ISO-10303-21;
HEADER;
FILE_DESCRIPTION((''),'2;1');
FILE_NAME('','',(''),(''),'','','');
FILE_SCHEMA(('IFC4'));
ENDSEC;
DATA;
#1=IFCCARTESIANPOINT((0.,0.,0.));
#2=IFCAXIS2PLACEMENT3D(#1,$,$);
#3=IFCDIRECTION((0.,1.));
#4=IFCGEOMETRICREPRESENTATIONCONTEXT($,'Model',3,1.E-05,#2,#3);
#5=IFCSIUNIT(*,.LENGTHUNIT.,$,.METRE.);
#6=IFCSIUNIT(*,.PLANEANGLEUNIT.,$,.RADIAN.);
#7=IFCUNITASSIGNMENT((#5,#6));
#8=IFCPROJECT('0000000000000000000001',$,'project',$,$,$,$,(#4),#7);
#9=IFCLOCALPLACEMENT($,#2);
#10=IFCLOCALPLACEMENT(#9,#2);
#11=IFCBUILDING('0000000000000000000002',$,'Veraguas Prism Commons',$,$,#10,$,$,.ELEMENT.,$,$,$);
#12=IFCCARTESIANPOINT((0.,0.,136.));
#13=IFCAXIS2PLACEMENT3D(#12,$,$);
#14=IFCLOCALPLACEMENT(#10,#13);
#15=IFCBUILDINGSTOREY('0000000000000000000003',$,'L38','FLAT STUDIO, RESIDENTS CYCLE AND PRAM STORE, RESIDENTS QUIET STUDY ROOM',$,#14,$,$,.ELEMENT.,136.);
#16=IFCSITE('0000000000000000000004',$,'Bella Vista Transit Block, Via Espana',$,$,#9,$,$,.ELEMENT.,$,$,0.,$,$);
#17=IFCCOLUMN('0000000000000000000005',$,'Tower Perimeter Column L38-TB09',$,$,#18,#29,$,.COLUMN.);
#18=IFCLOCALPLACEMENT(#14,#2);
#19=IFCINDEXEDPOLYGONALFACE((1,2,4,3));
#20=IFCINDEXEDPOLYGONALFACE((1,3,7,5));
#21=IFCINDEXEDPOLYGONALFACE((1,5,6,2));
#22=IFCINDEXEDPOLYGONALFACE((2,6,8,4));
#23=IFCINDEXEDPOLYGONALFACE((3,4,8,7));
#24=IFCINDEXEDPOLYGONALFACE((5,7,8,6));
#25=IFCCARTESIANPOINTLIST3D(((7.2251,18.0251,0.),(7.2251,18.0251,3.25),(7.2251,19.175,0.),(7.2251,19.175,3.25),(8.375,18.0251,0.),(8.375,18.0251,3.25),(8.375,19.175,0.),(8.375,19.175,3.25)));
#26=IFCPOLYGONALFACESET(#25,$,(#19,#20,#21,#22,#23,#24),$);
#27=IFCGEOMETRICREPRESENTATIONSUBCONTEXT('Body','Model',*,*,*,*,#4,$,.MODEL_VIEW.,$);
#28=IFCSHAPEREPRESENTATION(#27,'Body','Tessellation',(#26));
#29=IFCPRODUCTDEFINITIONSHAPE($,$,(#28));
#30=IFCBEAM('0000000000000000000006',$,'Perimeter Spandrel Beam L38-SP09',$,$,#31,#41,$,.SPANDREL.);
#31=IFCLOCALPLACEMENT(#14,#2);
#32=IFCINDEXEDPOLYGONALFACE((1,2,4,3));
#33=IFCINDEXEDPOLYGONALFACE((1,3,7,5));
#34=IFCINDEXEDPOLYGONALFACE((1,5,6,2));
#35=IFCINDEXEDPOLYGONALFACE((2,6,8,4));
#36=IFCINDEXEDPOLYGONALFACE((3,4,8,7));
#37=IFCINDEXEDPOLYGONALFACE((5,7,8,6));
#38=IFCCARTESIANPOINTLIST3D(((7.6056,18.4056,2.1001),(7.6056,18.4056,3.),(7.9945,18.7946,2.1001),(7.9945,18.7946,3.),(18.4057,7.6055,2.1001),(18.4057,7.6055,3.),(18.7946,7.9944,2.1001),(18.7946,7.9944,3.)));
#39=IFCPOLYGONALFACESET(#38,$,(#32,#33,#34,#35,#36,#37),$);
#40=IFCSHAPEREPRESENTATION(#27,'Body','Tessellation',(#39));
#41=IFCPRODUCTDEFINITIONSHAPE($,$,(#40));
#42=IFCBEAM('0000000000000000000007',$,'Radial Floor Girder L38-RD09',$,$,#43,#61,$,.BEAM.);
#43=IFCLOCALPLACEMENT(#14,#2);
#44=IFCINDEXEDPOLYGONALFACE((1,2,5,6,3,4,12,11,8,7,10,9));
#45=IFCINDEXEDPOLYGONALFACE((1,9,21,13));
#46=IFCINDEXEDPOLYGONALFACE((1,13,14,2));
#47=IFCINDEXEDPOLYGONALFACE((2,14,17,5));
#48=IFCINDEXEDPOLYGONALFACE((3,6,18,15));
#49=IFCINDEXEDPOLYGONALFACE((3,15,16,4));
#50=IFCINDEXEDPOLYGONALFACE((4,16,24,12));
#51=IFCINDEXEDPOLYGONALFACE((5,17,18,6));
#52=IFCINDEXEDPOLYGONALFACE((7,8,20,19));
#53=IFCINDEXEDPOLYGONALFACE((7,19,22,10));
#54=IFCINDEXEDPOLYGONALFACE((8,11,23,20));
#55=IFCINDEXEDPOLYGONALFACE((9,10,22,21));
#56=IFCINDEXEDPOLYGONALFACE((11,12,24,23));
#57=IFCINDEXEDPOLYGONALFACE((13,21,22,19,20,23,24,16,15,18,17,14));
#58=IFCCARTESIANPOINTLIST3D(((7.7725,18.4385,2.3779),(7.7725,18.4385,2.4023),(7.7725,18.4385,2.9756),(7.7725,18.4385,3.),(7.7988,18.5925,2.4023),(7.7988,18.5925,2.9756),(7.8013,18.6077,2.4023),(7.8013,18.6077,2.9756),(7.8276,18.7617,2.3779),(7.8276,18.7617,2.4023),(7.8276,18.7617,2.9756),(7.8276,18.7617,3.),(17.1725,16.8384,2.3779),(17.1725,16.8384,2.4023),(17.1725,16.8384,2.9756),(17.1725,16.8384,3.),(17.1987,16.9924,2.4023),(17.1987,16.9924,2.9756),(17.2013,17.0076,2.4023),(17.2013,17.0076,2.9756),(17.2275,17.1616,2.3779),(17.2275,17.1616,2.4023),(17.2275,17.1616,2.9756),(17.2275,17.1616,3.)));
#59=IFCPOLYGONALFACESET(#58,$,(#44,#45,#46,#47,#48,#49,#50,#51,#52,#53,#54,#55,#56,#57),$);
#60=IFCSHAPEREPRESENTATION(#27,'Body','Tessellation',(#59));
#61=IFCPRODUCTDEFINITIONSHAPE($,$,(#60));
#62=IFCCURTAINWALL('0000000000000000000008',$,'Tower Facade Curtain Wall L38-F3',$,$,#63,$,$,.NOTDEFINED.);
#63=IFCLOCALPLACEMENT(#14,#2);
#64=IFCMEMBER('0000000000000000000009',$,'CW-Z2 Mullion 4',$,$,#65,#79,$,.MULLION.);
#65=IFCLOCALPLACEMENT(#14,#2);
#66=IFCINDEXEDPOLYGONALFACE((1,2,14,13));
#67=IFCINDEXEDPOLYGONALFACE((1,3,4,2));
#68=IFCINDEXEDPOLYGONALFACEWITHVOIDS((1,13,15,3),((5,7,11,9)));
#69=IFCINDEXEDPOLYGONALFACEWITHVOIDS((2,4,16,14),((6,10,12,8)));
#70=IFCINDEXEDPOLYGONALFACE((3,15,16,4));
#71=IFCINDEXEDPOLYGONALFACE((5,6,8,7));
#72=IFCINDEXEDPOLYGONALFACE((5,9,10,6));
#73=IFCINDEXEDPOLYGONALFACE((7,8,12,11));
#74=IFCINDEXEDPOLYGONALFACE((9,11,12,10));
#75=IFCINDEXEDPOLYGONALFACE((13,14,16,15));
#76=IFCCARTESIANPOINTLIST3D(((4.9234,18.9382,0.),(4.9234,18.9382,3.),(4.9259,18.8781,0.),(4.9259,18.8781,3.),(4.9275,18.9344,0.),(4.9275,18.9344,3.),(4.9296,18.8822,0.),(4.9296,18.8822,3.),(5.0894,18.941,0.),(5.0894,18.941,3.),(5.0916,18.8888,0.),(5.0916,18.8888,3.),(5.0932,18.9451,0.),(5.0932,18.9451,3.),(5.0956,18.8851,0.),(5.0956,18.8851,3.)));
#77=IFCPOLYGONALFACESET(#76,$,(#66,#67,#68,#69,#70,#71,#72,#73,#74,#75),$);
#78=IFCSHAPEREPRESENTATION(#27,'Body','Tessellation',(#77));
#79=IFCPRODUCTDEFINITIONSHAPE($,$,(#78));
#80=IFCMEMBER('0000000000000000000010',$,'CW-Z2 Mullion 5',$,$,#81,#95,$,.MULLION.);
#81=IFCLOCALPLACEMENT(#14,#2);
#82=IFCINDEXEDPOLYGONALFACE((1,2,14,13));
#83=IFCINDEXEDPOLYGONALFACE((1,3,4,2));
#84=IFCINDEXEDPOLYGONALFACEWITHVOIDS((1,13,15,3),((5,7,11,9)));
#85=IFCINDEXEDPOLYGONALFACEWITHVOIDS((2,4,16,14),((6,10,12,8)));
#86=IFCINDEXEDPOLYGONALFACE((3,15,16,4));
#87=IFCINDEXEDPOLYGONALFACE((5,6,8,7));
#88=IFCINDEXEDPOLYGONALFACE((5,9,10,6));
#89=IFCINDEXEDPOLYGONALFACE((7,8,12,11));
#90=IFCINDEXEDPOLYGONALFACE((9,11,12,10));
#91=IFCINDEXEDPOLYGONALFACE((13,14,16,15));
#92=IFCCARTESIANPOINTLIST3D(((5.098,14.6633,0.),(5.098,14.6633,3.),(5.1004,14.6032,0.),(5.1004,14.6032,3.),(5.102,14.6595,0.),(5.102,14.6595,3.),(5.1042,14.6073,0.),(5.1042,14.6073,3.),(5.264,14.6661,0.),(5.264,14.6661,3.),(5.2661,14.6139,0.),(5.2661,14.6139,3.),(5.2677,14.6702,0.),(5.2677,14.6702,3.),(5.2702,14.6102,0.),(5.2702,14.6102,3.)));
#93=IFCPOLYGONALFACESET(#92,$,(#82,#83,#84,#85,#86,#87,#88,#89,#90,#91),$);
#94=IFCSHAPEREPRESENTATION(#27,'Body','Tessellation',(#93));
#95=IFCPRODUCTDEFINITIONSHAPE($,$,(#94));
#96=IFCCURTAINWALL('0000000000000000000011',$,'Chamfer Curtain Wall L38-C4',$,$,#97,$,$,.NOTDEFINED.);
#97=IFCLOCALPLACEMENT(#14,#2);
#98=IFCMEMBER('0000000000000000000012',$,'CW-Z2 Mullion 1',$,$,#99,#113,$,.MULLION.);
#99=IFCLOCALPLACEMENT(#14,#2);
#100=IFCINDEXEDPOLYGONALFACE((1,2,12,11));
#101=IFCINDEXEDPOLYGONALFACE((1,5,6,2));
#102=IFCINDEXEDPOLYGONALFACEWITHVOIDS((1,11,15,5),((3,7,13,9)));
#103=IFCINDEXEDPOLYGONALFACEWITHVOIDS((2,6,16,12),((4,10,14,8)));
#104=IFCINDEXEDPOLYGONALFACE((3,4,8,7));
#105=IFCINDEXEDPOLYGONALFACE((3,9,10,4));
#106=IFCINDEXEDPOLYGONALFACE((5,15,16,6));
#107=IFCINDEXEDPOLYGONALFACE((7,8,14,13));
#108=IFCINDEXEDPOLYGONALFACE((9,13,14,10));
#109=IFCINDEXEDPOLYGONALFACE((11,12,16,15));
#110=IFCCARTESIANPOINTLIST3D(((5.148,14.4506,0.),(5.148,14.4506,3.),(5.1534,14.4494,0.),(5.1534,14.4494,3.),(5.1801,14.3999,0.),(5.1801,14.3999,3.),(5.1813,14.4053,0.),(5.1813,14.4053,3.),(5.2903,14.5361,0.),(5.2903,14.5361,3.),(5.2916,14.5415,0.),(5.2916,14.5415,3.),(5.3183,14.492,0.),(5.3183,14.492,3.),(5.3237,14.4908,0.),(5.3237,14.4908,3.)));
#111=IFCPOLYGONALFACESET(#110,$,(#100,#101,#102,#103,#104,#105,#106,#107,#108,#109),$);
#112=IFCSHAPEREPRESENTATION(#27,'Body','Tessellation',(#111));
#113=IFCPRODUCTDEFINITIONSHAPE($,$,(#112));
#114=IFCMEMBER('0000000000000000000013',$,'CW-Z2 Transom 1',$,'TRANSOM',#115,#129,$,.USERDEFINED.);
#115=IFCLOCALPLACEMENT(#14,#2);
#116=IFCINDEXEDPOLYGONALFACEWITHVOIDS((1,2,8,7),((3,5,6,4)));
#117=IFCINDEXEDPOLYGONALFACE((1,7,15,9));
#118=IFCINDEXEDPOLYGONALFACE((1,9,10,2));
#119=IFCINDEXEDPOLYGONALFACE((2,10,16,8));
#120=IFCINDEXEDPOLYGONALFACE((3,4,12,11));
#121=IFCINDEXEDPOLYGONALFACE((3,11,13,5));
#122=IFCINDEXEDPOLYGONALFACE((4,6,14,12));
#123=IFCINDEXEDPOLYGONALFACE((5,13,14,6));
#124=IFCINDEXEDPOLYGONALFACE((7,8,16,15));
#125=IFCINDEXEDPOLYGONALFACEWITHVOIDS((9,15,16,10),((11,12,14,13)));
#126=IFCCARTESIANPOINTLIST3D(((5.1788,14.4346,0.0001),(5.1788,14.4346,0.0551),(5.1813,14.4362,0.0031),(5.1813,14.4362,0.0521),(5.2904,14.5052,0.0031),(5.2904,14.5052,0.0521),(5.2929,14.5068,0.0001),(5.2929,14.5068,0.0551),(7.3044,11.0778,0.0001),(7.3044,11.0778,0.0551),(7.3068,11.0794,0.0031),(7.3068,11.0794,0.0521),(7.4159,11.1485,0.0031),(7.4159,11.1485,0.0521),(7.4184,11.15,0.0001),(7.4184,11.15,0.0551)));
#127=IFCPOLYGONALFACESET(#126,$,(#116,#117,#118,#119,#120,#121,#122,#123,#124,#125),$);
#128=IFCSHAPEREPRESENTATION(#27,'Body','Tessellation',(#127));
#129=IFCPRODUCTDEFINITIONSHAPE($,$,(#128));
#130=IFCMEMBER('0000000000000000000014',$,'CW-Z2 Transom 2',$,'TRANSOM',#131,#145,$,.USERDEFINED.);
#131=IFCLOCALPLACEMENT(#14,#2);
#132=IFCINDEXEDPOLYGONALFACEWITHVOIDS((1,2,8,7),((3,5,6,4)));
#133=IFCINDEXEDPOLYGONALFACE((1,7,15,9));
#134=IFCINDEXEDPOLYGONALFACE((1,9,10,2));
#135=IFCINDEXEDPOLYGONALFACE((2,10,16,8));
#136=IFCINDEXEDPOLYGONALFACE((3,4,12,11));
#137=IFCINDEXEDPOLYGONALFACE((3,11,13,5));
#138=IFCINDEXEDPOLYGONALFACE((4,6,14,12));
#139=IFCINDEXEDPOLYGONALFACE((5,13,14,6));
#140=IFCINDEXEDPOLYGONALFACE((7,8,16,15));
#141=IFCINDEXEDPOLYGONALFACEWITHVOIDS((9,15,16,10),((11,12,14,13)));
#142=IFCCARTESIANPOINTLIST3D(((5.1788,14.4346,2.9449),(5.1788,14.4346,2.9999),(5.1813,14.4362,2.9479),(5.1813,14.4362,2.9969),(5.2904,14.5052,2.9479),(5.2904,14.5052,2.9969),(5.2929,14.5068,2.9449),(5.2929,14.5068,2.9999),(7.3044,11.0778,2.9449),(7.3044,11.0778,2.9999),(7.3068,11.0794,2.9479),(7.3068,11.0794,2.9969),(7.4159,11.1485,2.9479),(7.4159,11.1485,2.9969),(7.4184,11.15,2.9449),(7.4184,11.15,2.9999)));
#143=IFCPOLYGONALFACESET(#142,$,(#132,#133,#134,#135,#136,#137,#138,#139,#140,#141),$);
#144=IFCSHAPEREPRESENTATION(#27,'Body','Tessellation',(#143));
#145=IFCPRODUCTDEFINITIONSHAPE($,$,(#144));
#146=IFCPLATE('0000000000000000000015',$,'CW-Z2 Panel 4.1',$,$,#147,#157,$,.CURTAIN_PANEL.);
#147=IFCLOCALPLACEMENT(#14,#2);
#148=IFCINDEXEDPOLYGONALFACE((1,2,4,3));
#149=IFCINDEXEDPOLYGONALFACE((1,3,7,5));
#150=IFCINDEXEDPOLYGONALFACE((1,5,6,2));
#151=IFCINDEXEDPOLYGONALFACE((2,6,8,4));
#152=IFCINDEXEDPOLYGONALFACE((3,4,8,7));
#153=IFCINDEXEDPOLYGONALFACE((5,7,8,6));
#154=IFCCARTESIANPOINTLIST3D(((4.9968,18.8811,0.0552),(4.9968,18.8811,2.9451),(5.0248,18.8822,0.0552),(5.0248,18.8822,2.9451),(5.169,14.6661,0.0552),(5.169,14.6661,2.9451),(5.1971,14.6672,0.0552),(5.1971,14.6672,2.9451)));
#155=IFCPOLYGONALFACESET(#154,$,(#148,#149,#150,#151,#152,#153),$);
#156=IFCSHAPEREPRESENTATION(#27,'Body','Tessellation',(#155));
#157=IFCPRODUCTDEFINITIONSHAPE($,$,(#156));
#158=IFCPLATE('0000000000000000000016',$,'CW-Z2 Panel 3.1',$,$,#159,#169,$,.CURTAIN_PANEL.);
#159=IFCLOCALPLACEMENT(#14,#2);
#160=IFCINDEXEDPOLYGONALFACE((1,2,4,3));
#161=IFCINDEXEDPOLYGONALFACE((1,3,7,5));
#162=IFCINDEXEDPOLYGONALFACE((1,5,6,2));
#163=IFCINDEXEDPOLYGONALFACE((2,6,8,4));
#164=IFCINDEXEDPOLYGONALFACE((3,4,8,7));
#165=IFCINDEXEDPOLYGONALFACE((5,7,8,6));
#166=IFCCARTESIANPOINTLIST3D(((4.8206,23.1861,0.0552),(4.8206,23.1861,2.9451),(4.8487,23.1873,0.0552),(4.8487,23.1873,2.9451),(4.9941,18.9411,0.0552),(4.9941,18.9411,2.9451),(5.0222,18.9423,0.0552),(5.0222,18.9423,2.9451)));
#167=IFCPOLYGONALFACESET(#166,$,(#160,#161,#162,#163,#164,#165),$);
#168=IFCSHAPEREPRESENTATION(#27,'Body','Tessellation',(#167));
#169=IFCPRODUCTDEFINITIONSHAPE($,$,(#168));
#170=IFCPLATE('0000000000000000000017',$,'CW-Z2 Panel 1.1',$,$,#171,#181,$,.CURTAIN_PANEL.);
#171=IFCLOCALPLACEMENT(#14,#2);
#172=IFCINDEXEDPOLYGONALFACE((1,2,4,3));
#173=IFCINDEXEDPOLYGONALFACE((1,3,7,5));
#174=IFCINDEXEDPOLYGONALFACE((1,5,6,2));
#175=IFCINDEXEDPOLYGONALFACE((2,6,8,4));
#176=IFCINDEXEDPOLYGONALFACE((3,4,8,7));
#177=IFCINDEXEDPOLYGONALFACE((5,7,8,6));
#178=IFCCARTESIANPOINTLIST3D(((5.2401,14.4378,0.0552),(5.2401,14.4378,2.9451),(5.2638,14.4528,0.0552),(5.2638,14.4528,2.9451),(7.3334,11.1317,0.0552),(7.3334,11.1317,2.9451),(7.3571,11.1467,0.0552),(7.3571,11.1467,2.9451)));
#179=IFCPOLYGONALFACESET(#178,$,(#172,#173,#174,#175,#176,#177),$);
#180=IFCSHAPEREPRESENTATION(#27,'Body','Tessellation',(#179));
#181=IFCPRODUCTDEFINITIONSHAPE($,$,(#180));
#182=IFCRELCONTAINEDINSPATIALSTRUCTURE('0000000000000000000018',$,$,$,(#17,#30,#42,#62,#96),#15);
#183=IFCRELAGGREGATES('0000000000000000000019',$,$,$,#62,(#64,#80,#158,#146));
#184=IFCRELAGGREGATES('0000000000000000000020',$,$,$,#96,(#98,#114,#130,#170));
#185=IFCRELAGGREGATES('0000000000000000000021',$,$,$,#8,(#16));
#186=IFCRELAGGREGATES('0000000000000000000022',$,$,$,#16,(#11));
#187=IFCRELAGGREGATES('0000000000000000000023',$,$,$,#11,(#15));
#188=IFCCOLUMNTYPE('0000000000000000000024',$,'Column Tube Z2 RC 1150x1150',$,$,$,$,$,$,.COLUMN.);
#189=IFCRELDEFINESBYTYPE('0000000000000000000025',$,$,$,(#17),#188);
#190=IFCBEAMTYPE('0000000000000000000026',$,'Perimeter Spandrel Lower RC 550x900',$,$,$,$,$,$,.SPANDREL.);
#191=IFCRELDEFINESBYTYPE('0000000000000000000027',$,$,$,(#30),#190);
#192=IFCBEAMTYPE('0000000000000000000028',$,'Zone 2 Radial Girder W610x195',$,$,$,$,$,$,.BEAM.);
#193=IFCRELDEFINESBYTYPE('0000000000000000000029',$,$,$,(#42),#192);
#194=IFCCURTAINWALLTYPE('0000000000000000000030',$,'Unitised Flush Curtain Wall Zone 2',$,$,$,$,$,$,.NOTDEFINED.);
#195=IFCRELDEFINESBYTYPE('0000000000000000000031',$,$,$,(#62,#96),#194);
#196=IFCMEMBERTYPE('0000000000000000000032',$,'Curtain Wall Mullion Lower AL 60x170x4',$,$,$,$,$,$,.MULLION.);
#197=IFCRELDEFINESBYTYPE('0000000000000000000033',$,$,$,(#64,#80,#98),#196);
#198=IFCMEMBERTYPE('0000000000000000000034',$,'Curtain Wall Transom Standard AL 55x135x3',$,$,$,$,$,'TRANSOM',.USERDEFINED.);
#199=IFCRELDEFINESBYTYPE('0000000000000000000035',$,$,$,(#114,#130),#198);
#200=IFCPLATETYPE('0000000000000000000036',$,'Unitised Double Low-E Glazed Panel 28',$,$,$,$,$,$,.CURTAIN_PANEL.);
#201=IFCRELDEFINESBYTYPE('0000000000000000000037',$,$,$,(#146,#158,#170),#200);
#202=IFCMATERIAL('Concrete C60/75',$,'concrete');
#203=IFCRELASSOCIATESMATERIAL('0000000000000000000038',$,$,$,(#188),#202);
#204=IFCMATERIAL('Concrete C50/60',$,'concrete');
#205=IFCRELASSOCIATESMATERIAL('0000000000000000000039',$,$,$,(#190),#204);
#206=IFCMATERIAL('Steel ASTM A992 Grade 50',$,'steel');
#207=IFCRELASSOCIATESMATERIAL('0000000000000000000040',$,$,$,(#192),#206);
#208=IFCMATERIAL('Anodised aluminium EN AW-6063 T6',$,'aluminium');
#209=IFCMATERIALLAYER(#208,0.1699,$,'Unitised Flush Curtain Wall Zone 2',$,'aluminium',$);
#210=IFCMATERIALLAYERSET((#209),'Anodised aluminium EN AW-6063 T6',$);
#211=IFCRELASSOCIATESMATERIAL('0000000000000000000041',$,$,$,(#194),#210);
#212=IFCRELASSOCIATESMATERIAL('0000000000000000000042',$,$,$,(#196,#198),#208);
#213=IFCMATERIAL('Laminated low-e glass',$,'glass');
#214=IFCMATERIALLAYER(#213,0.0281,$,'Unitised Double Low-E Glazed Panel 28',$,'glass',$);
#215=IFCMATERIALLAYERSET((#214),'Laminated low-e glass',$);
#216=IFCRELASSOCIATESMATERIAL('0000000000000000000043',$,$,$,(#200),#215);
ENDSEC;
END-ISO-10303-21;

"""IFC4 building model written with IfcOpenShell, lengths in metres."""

from ifc_helpers import new_model, si_unit, direction, frame, origin, origin_2d, place, context, subcontext, project, spatial, rectangle, hollow_rectangle, i_section, extrude, source, transform, mapped, material, layer, layer_set, material_profile, profile_set, type_object, element, aggregate, save


model = new_model("IFC4")

# Units and contexts
model_context = context("Model", 3, precision=1e-05, world=origin(), true_north=direction((0.0, 1.0)))
body_context = subcontext(model_context, "Body", "Model", "MODEL_VIEW")
ifc_project = project(units=[si_unit("LENGTHUNIT", "METRE"), si_unit("PLANEANGLEUNIT", "RADIAN")], contexts=[model_context])

# Site, building, storey
site_placement = place(None, origin())
site = spatial("IfcSite", under=ifc_project, at=site_placement, Name="Bella Vista Transit Block, Via Espana", CompositionType="ELEMENT", RefElevation=0.0)
building_placement = place(site_placement, origin())
building = spatial("IfcBuilding", under=site, at=building_placement, Name="Veraguas Prism Commons", CompositionType="ELEMENT")
storey_placement = place(building_placement, frame((0.0, 0.0, 136.0)))
storey = spatial("IfcBuildingStorey", under=building, at=storey_placement, Name="L38", Description="FLAT STUDIO, RESIDENTS CYCLE AND PRAM STORE, RESIDENTS QUIET STUDY ROOM", CompositionType="ELEMENT", Elevation=136.0)

# Column
ifc_material_1 = material(Name="Concrete C60/75", Category="concrete")
ifc_material_profile_1 = material_profile(ifc_material_1, rectangle(XDim=1.1499, YDim=1.1499, at=origin_2d()), Name="RC1150X1150")
ifc_profile_set_1 = profile_set([ifc_material_profile_1], Name="Concrete C60/75")
column_type = type_object("IfcColumnType", Name="Column Tube Z2 RC 1150x1150", PredefinedType="COLUMN", material=ifc_profile_set_1)
column_placement = place(storey_placement, frame((7.8, 18.6001, 0.0), z_axis=(0.0, 0.0, 1.0), x_axis=(1.0, 0.0, 0.0)))
element("IfcColumn", 1, at=column_placement, inside=storey, type_object=column_type, Name="Tower Perimeter Column L38-TB09", PredefinedType="COLUMN", context=body_context, shape_type="SweptSolid", body=[
    extrude(rectangle(XDim=1.1499, YDim=1.1499, at=origin_2d()), origin(), (0.0, 0.0, 1.0), 3.25),
])

# Beams
ifc_material_2 = material(Name="Concrete C50/60", Category="concrete")
ifc_material_profile_2 = material_profile(ifc_material_2, rectangle(XDim=0.55, YDim=0.8999, at=origin_2d()), Name="RC550X900")
ifc_profile_set_2 = profile_set([ifc_material_profile_2], Name="Concrete C50/60")
beam_type_1 = type_object("IfcBeamType", Name="Perimeter Spandrel Lower RC 550x900", PredefinedType="SPANDREL", material=ifc_profile_set_2)
beam_1_placement = place(storey_placement, frame((7.8, 18.6001, 2.55), z_axis=(0.707107, -0.707107, 0.0), x_axis=(0.707107, 0.707107, 0.0)))
element("IfcBeam", 2, at=beam_1_placement, inside=storey, type_object=beam_type_1, Name="Perimeter Spandrel Beam L38-SP09", PredefinedType="SPANDREL", context=body_context, shape_type="SweptSolid", body=[
    extrude(rectangle(XDim=0.55, YDim=0.8999, at=origin_2d()), origin(), (0.0, 0.0, 1.0), 15.2737),
])
ifc_material_3 = material(Name="Steel ASTM A992 Grade 50", Category="steel")
ifc_material_profile_3 = material_profile(ifc_material_3, i_section(OverallWidth=0.3279, OverallDepth=0.6221, WebThickness=0.0154, FlangeThickness=0.0244, at=origin_2d()), Name="W610X195")
ifc_profile_set_3 = profile_set([ifc_material_profile_3], Name="Steel ASTM A992 Grade 50")
beam_type_2 = type_object("IfcBeamType", Name="Zone 2 Radial Girder W610x195", PredefinedType="BEAM", material=ifc_profile_set_3)
beam_2_placement = place(storey_placement, frame((7.8, 18.6001, 2.689), z_axis=(0.985819, -0.167811, 0.0), x_axis=(0.167811, 0.985819, 0.0)))
element("IfcBeam", 3, at=beam_2_placement, inside=storey, type_object=beam_type_2, Name="Radial Floor Girder L38-RD09", PredefinedType="BEAM", context=body_context, shape_type="SweptSolid", body=[
    extrude(i_section(OverallWidth=0.3279, OverallDepth=0.6221, WebThickness=0.0154, FlangeThickness=0.0244, at=origin_2d()), origin(), (0.0, 0.0, 1.0), 9.5352),
])

# Curtain walls, members
ifc_material_4 = material(Name="Anodised aluminium EN AW-6063 T6", Category="aluminium")
ifc_layer_1 = layer(ifc_material_4, 0.1699, Name="Unitised Flush Curtain Wall Zone 2", Category="aluminium")
ifc_layer_set_1 = layer_set([ifc_layer_1], Name="Anodised aluminium EN AW-6063 T6")
curtain_wall_type = type_object("IfcCurtainWallType", Name="Unitised Flush Curtain Wall Zone 2", PredefinedType="NOTDEFINED", material=ifc_layer_set_1)
curtain_wall_1_placement = place(storey_placement, origin())
curtain_wall_1 = element("IfcCurtainWall", 4, at=curtain_wall_1_placement, inside=storey, type_object=curtain_wall_type, Name="Tower Facade Curtain Wall L38-F3", PredefinedType="NOTDEFINED")
ifc_material_profile_4 = material_profile(ifc_material_4, hollow_rectangle(XDim=0.0601, YDim=0.1699, WallThickness=0.0039, at=origin_2d()), Name="AL60X170X4")
ifc_profile_set_4 = profile_set([ifc_material_profile_4], Name="Anodised aluminium EN AW-6063 T6")
member_type_1 = type_object("IfcMemberType", Name="Curtain Wall Mullion Lower AL 60x170x4", PredefinedType="MULLION", material=ifc_profile_set_4)
shared_shape_1 = source(origin(), body_context, "Body", "SweptSolid", [
    extrude(hollow_rectangle(XDim=0.0601, YDim=0.1699, WallThickness=0.0039, at=origin_2d()), origin(), (0.0, 0.0, 1.0), 3.0),
])
member_1_placement = place(storey_placement, frame((5.0095, 18.9116, 0.0), z_axis=(0.0, 0.0, 1.0), x_axis=(0.040836, -0.999166, 0.0)))
member_1 = element("IfcMember", 5, at=member_1_placement, type_object=member_type_1, Name="CW-Z2 Mullion 4", PredefinedType="MULLION", context=body_context, shape_type="MappedRepresentation", body=[
    mapped(shared_shape_1, transform((0.0, 0.0, 0.0), scale=1.0)),
])
member_2_placement = place(storey_placement, frame((5.1841, 14.6367, 0.0), z_axis=(0.0, 0.0, 1.0), x_axis=(0.040836, -0.999166, 0.0)))
member_2 = element("IfcMember", 6, at=member_2_placement, type_object=member_type_1, Name="CW-Z2 Mullion 5", PredefinedType="MULLION", context=body_context, shape_type="MappedRepresentation", body=[
    mapped(shared_shape_1, transform((0.0, 0.0, 0.0), scale=1.0)),
])
curtain_wall_2_placement = place(storey_placement, origin())
curtain_wall_2 = element("IfcCurtainWall", 7, at=curtain_wall_2_placement, inside=storey, type_object=curtain_wall_type, Name="Chamfer Curtain Wall L38-C4", PredefinedType="NOTDEFINED")
member_3_placement = place(storey_placement, frame((5.2358, 14.4707, 0.0), z_axis=(0.0, 0.0, 1.0), x_axis=(0.534948, -0.844885, 0.0)))
member_3 = element("IfcMember", 8, at=member_3_placement, type_object=member_type_1, Name="CW-Z2 Mullion 1", PredefinedType="MULLION", context=body_context, shape_type="MappedRepresentation", body=[
    mapped(shared_shape_1, transform((0.0, 0.0, 0.0), scale=1.0)),
])
ifc_material_profile_5 = material_profile(ifc_material_4, hollow_rectangle(XDim=0.0549, YDim=0.135, WallThickness=0.0029, at=origin_2d()), Name="AL55X135X3")
ifc_profile_set_5 = profile_set([ifc_material_profile_5], Name="Anodised aluminium EN AW-6063 T6")
member_type_2 = type_object("IfcMemberType", Name="Curtain Wall Transom Standard AL 55x135x3", ElementType="TRANSOM", PredefinedType="USERDEFINED", material=ifc_profile_set_5)
shared_shape_2 = source(origin(), body_context, "Body", "SweptSolid", [
    extrude(hollow_rectangle(XDim=0.0549, YDim=0.135, WallThickness=0.0029, at=origin_2d()), origin(), (0.0, 0.0, 1.0), 3.9731),
])
member_4_placement = place(storey_placement, frame((5.2358, 14.4707, 0.0276), z_axis=(0.534978, -0.844866, 0.0), x_axis=(0.0, 0.0, 1.0)))
member_4 = element("IfcMember", 9, at=member_4_placement, type_object=member_type_2, Name="CW-Z2 Transom 1", ObjectType="TRANSOM", PredefinedType="USERDEFINED", context=body_context, shape_type="MappedRepresentation", body=[
    mapped(shared_shape_2, transform((0.0, 0.0, 0.0), scale=1.0)),
])
member_5_placement = place(storey_placement, frame((5.2358, 14.4707, 2.9724), z_axis=(0.534978, -0.844866, 0.0), x_axis=(0.0, 0.0, 1.0)))
member_5 = element("IfcMember", 10, at=member_5_placement, type_object=member_type_2, Name="CW-Z2 Transom 2", ObjectType="TRANSOM", PredefinedType="USERDEFINED", context=body_context, shape_type="MappedRepresentation", body=[
    mapped(shared_shape_2, transform((0.0, 0.0, 0.0), scale=1.0)),
])

# Plates
ifc_material_5 = material(Name="Laminated low-e glass", Category="glass")
ifc_layer_2 = layer(ifc_material_5, 0.0281, Name="Unitised Double Low-E Glazed Panel 28", Category="glass")
ifc_layer_set_2 = layer_set([ifc_layer_2], Name="Laminated low-e glass")
plate_type = type_object("IfcPlateType", Name="Unitised Double Low-E Glazed Panel 28", PredefinedType="CURTAIN_PANEL", material=ifc_layer_set_2)
shared_shape_3 = source(origin(), body_context, "Body", "SweptSolid", [
    extrude(rectangle(XDim=4.2185, YDim=0.0281, at=origin_2d()), origin(), (0.0, 0.0, 1.0), 2.8899),
])
plate_1_placement = place(storey_placement, frame((5.0969, 16.7742, 0.0552), z_axis=(0.0, 0.0, 1.0), x_axis=(0.040836, -0.999166, 0.0)))
plate_1 = element("IfcPlate", 11, at=plate_1_placement, type_object=plate_type, Name="CW-Z2 Panel 4.1", PredefinedType="CURTAIN_PANEL", context=body_context, shape_type="MappedRepresentation", body=[
    mapped(shared_shape_3, transform((0.0, 0.0, 0.0), scale=1.0)),
])
shared_shape_4 = source(origin(), body_context, "Body", "SweptSolid", [
    extrude(rectangle(XDim=4.2485, YDim=0.0281, at=origin_2d()), origin(), (0.0, 0.0, 1.0), 2.8899),
])
plate_2_placement = place(storey_placement, frame((4.9214, 21.0642, 0.0552), z_axis=(0.0, 0.0, 1.0), x_axis=(0.040836, -0.999166, 0.0)))
plate_2 = element("IfcPlate", 12, at=plate_2_placement, type_object=plate_type, Name="CW-Z2 Panel 3.1", PredefinedType="CURTAIN_PANEL", context=body_context, shape_type="MappedRepresentation", body=[
    mapped(shared_shape_4, transform((0.0, 0.0, 0.0), scale=1.0)),
])
aggregate(curtain_wall_1, [member_1, member_2, plate_2, plate_1])
shared_shape_5 = source(origin(), body_context, "Body", "SweptSolid", [
    extrude(rectangle(XDim=3.9131, YDim=0.0281, at=origin_2d()), origin(), (0.0, 0.0, 1.0), 2.8899),
])
plate_3_placement = place(storey_placement, frame((6.2986, 12.7922, 0.0552), z_axis=(0.0, 0.0, 1.0), x_axis=(0.534948, -0.844885, 0.0)))
plate_3 = element("IfcPlate", 13, at=plate_3_placement, type_object=plate_type, Name="CW-Z2 Panel 1.1", PredefinedType="CURTAIN_PANEL", context=body_context, shape_type="MappedRepresentation", body=[
    mapped(shared_shape_5, transform((0.0, 0.0, 0.0), scale=1.0)),
])
aggregate(curtain_wall_2, [member_3, member_4, member_5, plate_3])

save(model, "model.ifc")
